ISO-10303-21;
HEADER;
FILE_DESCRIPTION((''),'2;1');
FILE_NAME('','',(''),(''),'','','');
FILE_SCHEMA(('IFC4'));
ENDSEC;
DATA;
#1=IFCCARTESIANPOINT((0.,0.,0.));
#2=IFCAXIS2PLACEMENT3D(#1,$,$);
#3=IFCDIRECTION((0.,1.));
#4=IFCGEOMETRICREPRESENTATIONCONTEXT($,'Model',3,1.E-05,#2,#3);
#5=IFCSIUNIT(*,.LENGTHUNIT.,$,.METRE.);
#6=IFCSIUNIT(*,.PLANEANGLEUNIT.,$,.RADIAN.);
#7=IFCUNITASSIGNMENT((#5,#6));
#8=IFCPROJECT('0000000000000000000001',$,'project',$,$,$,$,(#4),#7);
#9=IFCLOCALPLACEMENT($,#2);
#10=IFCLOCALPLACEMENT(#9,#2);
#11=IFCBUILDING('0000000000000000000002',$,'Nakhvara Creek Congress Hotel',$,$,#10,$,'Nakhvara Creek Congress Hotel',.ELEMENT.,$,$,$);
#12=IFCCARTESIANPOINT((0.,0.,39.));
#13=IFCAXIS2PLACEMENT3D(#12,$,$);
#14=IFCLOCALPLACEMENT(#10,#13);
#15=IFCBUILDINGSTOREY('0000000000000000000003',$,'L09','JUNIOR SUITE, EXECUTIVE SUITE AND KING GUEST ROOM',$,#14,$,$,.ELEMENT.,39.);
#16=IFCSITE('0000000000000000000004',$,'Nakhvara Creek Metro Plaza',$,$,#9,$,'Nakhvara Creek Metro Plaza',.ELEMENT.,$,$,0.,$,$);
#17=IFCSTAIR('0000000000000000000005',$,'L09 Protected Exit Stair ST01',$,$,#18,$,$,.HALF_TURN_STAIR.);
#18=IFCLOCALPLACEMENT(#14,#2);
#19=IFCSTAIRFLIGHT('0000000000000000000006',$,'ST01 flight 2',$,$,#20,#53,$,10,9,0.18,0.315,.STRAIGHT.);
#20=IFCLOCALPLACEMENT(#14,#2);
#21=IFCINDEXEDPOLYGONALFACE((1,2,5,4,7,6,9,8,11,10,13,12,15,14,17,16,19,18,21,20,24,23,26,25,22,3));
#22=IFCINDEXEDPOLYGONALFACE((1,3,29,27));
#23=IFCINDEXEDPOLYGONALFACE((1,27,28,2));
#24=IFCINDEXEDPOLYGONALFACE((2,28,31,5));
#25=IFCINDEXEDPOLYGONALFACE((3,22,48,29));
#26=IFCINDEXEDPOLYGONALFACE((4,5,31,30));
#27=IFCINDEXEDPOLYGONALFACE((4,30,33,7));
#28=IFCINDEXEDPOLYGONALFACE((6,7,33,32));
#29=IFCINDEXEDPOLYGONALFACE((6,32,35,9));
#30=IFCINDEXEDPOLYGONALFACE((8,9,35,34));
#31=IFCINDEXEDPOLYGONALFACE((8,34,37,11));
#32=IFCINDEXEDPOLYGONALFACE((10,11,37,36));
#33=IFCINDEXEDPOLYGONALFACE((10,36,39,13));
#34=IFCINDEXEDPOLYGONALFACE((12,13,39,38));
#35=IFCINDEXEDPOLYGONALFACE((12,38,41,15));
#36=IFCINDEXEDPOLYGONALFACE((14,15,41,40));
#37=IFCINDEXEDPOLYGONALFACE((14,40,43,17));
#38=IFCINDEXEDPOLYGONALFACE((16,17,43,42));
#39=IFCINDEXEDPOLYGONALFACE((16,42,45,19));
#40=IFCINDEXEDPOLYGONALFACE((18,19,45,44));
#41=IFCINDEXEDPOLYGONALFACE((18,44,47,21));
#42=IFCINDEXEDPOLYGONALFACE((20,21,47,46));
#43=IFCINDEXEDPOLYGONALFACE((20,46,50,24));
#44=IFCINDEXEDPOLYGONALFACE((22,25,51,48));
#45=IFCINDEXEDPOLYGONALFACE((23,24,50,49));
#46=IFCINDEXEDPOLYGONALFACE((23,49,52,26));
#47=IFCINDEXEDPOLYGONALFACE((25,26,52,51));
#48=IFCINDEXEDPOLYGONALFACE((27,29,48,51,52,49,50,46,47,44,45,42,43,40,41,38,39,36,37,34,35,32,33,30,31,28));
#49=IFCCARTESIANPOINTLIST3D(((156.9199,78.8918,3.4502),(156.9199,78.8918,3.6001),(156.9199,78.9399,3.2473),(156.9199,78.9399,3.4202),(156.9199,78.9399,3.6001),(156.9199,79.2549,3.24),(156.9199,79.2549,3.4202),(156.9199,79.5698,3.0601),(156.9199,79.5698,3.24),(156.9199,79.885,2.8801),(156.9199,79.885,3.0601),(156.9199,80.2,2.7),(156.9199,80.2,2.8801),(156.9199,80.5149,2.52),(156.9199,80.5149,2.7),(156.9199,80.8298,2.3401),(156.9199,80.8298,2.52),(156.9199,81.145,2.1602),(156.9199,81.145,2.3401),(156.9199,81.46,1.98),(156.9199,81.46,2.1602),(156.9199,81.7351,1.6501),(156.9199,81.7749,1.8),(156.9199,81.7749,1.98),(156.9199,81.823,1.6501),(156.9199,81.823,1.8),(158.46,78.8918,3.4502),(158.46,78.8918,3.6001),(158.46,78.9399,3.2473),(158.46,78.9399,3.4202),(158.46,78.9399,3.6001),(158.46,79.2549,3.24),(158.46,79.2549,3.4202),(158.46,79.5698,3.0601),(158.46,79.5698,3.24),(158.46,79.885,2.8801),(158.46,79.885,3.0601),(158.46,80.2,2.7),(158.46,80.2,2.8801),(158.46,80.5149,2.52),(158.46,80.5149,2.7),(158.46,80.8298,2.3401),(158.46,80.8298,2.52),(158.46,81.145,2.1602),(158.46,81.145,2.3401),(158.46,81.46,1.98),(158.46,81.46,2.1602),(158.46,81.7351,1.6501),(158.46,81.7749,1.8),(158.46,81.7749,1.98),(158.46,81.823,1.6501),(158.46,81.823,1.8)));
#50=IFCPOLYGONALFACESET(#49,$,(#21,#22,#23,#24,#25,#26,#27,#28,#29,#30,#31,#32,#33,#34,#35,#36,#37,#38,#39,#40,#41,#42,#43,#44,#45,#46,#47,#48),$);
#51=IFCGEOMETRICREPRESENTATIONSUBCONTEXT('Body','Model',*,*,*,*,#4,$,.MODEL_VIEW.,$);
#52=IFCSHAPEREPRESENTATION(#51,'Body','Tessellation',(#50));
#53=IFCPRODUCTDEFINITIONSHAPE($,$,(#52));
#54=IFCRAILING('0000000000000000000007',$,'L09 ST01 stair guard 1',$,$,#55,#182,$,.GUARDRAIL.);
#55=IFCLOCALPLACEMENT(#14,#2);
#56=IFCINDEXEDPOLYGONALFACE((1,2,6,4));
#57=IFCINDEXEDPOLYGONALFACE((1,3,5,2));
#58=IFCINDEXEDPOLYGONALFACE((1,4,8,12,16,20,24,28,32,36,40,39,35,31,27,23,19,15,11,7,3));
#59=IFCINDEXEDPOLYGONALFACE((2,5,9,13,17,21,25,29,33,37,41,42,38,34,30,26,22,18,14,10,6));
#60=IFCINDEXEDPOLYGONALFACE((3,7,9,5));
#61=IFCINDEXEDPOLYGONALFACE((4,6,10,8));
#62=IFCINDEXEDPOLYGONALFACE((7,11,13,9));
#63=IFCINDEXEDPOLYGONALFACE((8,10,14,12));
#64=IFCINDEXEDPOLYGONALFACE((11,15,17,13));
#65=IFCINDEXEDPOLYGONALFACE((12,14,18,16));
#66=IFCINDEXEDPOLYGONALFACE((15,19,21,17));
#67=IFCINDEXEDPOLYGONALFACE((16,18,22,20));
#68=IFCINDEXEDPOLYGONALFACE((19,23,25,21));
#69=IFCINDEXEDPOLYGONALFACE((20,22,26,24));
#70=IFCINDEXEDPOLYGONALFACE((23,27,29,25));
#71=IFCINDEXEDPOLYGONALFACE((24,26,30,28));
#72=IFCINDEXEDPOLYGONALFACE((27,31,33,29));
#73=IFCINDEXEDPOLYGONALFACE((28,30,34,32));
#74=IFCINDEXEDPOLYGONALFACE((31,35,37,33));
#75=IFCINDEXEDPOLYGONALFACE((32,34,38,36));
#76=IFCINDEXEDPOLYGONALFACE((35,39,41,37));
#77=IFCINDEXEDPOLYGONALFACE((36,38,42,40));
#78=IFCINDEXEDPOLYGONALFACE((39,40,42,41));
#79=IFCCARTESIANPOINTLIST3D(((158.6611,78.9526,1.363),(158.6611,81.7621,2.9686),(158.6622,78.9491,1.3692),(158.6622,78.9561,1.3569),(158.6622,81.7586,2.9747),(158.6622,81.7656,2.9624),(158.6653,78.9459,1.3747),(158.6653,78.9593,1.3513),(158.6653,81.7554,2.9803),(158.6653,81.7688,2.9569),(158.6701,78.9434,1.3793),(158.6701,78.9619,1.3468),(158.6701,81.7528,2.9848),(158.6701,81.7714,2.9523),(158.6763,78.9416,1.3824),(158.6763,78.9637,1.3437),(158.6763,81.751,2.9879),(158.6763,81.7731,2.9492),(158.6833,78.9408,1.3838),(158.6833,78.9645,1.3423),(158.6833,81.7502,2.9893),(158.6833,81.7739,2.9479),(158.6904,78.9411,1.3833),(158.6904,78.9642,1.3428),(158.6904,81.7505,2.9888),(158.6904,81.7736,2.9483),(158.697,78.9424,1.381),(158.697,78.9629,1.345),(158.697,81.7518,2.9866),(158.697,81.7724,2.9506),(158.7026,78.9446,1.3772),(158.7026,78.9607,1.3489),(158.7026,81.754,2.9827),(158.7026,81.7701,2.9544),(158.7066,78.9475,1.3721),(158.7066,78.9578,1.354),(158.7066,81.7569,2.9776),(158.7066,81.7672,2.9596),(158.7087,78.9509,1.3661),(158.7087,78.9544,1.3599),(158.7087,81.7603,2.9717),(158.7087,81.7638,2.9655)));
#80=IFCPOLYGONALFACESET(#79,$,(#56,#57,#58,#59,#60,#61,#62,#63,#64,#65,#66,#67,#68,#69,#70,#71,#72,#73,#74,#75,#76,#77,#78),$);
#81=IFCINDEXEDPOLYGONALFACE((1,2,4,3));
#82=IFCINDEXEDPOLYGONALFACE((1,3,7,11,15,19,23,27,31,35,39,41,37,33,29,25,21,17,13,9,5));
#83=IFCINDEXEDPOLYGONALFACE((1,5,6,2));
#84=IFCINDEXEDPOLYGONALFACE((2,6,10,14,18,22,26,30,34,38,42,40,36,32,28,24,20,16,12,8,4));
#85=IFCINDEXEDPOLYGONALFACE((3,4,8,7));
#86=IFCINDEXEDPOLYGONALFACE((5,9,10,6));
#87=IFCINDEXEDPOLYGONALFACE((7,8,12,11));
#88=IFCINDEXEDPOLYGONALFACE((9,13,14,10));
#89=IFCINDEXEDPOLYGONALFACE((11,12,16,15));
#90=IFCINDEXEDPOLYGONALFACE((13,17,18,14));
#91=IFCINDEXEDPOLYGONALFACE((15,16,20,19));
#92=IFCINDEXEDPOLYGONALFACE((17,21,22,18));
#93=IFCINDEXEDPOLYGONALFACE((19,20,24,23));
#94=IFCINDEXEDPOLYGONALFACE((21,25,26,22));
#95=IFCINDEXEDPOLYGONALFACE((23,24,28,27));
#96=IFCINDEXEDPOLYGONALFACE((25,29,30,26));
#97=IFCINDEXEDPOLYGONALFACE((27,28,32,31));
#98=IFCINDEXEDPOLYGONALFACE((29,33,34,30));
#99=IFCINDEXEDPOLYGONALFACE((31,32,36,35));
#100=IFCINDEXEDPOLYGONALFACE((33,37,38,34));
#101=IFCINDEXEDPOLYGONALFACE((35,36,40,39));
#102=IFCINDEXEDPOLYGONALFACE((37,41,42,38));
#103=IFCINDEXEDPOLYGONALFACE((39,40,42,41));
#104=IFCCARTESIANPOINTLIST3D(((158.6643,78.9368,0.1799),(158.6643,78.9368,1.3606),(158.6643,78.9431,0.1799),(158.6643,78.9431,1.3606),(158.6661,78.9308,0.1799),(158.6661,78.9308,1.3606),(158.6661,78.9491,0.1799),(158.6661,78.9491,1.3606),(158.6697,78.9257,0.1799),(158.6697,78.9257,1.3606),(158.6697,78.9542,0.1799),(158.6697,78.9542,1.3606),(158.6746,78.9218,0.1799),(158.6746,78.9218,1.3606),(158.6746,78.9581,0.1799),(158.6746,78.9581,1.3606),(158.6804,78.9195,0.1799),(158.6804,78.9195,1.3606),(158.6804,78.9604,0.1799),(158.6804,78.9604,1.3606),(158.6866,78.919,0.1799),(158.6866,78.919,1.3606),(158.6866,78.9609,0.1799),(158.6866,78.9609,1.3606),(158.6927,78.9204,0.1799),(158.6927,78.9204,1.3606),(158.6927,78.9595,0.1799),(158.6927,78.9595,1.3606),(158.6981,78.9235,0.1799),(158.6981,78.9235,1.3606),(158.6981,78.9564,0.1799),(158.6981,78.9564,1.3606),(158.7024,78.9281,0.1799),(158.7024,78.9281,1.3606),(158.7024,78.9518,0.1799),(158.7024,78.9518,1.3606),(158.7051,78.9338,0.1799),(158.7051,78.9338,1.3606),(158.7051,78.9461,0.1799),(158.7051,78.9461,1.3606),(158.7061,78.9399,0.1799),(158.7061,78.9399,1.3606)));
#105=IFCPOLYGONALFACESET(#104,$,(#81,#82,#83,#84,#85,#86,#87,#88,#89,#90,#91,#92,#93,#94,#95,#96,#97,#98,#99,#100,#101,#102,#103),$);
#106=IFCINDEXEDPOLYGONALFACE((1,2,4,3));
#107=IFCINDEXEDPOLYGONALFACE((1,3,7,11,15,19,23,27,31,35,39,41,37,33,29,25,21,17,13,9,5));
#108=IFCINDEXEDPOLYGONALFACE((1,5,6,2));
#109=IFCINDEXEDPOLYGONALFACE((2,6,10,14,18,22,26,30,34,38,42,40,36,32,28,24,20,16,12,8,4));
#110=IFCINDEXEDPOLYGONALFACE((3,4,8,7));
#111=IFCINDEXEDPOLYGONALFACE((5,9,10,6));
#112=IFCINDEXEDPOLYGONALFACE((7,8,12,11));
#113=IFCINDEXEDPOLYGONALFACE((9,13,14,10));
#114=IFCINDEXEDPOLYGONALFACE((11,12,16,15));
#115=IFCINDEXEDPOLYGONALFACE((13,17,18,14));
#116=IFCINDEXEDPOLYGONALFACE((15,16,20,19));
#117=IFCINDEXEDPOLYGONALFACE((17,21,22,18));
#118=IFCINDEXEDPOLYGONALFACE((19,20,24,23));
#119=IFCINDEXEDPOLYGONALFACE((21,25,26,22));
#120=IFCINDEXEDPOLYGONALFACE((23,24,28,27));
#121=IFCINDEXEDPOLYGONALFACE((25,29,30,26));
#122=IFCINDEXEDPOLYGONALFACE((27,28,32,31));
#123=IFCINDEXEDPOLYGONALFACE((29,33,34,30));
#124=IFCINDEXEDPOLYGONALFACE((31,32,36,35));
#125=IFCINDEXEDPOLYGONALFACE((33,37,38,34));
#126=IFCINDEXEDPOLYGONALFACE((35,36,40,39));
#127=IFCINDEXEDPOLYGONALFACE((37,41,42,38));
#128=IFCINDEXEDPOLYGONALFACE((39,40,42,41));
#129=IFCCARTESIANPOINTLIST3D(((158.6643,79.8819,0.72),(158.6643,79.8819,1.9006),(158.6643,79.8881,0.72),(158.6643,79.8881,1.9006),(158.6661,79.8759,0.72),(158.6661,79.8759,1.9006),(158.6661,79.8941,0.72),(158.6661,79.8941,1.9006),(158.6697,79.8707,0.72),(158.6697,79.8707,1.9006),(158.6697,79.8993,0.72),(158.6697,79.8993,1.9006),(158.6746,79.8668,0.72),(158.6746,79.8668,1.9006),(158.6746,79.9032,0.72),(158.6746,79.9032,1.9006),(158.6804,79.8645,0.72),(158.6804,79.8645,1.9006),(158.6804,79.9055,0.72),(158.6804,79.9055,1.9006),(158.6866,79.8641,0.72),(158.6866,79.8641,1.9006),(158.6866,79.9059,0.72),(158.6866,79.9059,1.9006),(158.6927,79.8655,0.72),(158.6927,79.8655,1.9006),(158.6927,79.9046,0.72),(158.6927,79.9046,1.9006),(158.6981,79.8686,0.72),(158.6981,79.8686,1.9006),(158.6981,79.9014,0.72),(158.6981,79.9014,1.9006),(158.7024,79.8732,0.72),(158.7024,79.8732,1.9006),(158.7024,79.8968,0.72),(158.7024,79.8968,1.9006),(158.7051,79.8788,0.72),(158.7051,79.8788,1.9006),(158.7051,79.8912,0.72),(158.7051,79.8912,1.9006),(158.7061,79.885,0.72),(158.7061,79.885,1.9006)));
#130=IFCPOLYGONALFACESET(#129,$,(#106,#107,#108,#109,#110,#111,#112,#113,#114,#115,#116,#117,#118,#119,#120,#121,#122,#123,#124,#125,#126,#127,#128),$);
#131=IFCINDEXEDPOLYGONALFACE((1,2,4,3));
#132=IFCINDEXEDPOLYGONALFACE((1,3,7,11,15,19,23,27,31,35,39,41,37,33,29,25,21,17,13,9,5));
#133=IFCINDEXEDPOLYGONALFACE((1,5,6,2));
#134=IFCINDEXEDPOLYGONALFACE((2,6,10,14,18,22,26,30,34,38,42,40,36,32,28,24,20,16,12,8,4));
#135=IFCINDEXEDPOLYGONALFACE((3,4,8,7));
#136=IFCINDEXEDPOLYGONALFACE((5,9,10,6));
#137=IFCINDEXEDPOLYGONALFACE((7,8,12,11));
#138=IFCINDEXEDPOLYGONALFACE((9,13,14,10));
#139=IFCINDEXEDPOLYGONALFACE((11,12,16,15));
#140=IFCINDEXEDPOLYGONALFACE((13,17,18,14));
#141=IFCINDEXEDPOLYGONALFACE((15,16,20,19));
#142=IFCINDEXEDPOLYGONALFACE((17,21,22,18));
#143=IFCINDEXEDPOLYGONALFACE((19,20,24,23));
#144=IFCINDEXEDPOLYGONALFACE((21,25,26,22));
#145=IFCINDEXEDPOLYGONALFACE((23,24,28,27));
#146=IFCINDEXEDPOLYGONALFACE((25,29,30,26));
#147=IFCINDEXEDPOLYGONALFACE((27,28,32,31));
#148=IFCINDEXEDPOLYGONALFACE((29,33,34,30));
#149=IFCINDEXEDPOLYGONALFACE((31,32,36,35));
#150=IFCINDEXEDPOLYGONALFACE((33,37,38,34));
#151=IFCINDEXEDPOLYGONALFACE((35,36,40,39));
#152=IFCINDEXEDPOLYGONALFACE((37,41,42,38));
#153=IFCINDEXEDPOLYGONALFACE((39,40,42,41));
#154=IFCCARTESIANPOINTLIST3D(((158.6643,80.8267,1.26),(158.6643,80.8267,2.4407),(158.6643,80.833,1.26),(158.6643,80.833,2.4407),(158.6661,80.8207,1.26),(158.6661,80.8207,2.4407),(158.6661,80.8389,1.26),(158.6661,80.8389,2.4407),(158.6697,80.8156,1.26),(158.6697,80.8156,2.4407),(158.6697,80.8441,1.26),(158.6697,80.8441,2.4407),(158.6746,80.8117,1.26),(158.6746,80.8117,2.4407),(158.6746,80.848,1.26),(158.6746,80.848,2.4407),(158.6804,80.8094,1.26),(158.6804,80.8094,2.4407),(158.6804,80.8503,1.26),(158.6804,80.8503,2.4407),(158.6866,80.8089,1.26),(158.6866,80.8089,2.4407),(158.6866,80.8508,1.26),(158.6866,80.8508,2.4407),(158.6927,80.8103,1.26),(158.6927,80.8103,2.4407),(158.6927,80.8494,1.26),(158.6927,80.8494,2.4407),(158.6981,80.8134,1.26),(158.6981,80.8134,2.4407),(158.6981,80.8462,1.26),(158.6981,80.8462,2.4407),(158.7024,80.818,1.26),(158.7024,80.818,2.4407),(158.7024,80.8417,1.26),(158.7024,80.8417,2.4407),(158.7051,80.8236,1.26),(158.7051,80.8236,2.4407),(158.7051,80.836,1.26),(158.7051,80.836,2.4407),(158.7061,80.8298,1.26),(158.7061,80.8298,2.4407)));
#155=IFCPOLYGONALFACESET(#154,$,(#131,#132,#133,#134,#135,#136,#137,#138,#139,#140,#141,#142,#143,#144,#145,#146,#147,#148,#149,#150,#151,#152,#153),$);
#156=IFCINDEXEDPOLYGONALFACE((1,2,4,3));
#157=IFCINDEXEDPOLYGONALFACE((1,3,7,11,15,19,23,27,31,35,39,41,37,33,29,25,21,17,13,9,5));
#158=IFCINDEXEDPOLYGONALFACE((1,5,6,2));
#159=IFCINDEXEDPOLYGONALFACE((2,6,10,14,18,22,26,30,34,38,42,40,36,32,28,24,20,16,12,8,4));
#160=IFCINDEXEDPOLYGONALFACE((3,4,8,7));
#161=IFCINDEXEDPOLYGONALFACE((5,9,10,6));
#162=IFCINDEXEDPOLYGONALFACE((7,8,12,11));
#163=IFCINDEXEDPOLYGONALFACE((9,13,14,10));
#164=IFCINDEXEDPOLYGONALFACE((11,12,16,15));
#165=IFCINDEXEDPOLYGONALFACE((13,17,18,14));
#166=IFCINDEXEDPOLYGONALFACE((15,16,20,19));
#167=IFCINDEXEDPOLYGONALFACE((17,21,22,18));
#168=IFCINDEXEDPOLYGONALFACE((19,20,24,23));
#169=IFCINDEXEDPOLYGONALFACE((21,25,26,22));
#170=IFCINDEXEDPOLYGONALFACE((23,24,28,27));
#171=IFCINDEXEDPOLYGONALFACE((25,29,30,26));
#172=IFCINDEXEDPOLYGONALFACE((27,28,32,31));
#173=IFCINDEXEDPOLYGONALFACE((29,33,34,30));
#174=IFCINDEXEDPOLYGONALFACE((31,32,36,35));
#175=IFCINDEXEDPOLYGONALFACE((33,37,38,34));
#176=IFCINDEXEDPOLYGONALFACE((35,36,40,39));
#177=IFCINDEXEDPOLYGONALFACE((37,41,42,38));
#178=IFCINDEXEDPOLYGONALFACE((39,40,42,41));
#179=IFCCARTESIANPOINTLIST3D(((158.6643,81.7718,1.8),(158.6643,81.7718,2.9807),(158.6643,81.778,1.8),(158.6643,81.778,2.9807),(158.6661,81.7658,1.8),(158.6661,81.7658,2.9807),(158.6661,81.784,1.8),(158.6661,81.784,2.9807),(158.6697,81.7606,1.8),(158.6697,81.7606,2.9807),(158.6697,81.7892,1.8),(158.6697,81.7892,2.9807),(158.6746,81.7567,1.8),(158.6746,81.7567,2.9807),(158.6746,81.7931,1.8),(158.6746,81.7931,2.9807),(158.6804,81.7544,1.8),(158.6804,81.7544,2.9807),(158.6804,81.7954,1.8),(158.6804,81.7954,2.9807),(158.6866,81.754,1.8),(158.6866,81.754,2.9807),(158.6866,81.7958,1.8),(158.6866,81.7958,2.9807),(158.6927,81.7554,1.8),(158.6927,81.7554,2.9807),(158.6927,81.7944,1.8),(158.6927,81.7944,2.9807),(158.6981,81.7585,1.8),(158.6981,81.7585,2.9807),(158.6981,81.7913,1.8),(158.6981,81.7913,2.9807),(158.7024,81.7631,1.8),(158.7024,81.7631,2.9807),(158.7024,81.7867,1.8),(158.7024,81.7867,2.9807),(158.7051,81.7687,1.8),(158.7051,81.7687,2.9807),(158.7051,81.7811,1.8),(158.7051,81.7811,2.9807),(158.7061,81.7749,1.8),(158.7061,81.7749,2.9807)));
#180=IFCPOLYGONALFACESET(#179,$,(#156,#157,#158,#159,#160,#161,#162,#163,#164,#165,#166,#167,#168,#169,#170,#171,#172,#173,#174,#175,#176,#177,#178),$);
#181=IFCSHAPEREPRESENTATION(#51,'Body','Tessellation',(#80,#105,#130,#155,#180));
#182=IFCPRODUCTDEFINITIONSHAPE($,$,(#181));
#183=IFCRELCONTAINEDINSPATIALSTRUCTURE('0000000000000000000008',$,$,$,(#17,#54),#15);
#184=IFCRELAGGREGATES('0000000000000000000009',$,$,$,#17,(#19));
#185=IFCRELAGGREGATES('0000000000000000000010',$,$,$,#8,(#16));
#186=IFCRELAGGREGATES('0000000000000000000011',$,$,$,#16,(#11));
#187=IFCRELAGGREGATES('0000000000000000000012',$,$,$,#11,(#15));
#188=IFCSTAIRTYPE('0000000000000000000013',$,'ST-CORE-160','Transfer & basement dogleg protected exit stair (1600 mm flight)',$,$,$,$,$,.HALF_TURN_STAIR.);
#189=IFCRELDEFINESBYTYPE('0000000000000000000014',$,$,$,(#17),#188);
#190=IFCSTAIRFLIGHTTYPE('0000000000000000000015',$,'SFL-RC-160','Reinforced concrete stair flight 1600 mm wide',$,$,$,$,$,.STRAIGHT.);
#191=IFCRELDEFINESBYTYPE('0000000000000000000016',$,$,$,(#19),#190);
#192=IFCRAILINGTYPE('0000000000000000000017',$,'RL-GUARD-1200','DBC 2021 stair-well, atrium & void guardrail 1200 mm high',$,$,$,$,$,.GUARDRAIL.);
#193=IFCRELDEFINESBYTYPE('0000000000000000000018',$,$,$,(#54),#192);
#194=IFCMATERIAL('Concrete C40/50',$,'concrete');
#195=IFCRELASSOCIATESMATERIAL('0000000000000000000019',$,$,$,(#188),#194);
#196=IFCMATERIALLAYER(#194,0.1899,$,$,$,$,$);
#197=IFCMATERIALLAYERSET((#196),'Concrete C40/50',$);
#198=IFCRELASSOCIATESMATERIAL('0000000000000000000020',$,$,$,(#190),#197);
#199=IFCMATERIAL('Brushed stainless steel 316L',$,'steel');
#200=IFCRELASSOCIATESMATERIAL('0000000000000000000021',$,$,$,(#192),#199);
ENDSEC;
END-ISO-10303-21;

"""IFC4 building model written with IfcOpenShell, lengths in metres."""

from ifc_helpers import new_model, si_unit, direction, frame, origin, origin_2d, place, context, subcontext, project, spatial, polyline, circle, outline, extrude, material, layer, layer_set, type_object, element, aggregate, save


model = new_model("IFC4")

# Units and contexts
model_context = context("Model", 3, precision=1e-05, world=origin(), true_north=direction((0.0, 1.0)))
body_context = subcontext(model_context, "Body", "Model", "MODEL_VIEW")
ifc_project = project(units=[si_unit("LENGTHUNIT", "METRE"), si_unit("PLANEANGLEUNIT", "RADIAN")], contexts=[model_context])

# Site, building, storey
site_placement = place(None, origin())
site = spatial("IfcSite", under=ifc_project, at=site_placement, Name="Nakhvara Creek Metro Plaza", LongName="Nakhvara Creek Metro Plaza", CompositionType="ELEMENT", RefElevation=0.0)
building_placement = place(site_placement, origin())
building = spatial("IfcBuilding", under=site, at=building_placement, Name="Nakhvara Creek Congress Hotel", LongName="Nakhvara Creek Congress Hotel", CompositionType="ELEMENT")
storey_placement = place(building_placement, frame((0.0, 0.0, 39.0)))
storey = spatial("IfcBuildingStorey", under=building, at=storey_placement, Name="L09", Description="JUNIOR SUITE, EXECUTIVE SUITE AND KING GUEST ROOM", CompositionType="ELEMENT", Elevation=39.0)

# Shared definitions
ifc_material_1 = material(Name="Concrete C40/50", Category="concrete")

# Stair, stair flight
stair_type = type_object("IfcStairType", Name="ST-CORE-160", Description="Transfer & basement dogleg protected exit stair (1600 mm flight)", PredefinedType="HALF_TURN_STAIR", material=ifc_material_1)
stair_placement = place(storey_placement, origin())
stair = element("IfcStair", 1, at=stair_placement, inside=storey, type_object=stair_type, Name="L09 Protected Exit Stair ST01", PredefinedType="HALF_TURN_STAIR")
ifc_layer_1 = layer(ifc_material_1, 0.1899)
ifc_layer_set_1 = layer_set([ifc_layer_1], Name="Concrete C40/50")
stair_flight_type = type_object("IfcStairFlightType", Name="SFL-RC-160", Description="Reinforced concrete stair flight 1600 mm wide", PredefinedType="STRAIGHT", material=ifc_layer_set_1)
stair_flight_1_placement = place(storey_placement, frame((157.6899, 81.7749, 1.8), z_axis=(0.0, 0.0, 1.0), x_axis=(0.0, -1.0, 0.0)))
stair_flight_1 = element("IfcStairFlight", 2, at=stair_flight_1_placement, type_object=stair_flight_type, Name="ST01 flight 2", NumberOfRisers=10, NumberOfTreads=9, PredefinedType="STRAIGHT", RiserHeight=0.18, TreadLength=0.315, context=body_context, shape_type="SweptSolid", body=[
    extrude(outline(polyline([(-0.0481, 0.0), (0.0, 0.0), (0.0, 0.1799), (0.3149, 0.1799), (0.3149, 0.3601), (0.6299, 0.3601), (0.6299, 0.54), (0.9451, 0.54), (0.9451, 0.72), (1.26, 0.72), (1.26, 0.8999), (1.575, 0.8999), (1.575, 1.0801), (1.8899, 1.0801), (1.8899, 1.26), (2.2051, 1.26), (2.2051, 1.4399), (2.52, 1.4399), (2.52, 1.6201), (2.835, 1.6201), (2.835, 1.8), (2.8831, 1.8), (2.8831, 1.6501), (2.835, 1.4473), (0.0398, -0.1499), (-0.0481, -0.1499), (-0.0481, 0.0)])), frame((0.0, 0.77, 0.0), z_axis=(0.0, -1.0, 0.0), x_axis=(1.0, 0.0, 0.0)), (0.0, 0.0, 1.0), 1.54),
])
aggregate(stair, [stair_flight_1])

# Railing
ifc_material_2 = material(Name="Brushed stainless steel 316L", Category="steel")
railing_type_1 = type_object("IfcRailingType", Name="RL-GUARD-1200", Description="DBC 2021 stair-well, atrium & void guardrail 1200 mm high", PredefinedType="GUARDRAIL", material=ifc_material_2)
railing_1_placement = place(storey_placement, frame((158.6851, 78.9399, 0.1799)))
element("IfcRailing", 3, at=railing_1_placement, inside=storey, type_object=railing_type_1, Name="L09 ST01 stair guard 1", PredefinedType="GUARDRAIL", context=body_context, shape_type="SweptSolid", body=[
    extrude(circle(Radius=0.0239, at=origin_2d()), frame((0.0, 0.0127, 1.1831), z_axis=(0.0, 0.868225, 0.496171), x_axis=(-1.0, 0.0, 0.0)), (0.0, 0.0, 1.0), 3.2358),
    extrude(circle(Radius=0.021, at=origin_2d()), origin(), (0.0, 0.0, 1.0), 1.1807),
    extrude(circle(Radius=0.021, at=origin_2d()), frame((0.0, 0.9451, 0.54)), (0.0, 0.0, 1.0), 1.1807),
    extrude(circle(Radius=0.021, at=origin_2d()), frame((0.0, 1.8899, 1.0801)), (0.0, 0.0, 1.0), 1.1807),
    extrude(circle(Radius=0.021, at=origin_2d()), frame((0.0, 2.835, 1.6201)), (0.0, 0.0, 1.0), 1.1807),
])

save(model, "model.ifc")
